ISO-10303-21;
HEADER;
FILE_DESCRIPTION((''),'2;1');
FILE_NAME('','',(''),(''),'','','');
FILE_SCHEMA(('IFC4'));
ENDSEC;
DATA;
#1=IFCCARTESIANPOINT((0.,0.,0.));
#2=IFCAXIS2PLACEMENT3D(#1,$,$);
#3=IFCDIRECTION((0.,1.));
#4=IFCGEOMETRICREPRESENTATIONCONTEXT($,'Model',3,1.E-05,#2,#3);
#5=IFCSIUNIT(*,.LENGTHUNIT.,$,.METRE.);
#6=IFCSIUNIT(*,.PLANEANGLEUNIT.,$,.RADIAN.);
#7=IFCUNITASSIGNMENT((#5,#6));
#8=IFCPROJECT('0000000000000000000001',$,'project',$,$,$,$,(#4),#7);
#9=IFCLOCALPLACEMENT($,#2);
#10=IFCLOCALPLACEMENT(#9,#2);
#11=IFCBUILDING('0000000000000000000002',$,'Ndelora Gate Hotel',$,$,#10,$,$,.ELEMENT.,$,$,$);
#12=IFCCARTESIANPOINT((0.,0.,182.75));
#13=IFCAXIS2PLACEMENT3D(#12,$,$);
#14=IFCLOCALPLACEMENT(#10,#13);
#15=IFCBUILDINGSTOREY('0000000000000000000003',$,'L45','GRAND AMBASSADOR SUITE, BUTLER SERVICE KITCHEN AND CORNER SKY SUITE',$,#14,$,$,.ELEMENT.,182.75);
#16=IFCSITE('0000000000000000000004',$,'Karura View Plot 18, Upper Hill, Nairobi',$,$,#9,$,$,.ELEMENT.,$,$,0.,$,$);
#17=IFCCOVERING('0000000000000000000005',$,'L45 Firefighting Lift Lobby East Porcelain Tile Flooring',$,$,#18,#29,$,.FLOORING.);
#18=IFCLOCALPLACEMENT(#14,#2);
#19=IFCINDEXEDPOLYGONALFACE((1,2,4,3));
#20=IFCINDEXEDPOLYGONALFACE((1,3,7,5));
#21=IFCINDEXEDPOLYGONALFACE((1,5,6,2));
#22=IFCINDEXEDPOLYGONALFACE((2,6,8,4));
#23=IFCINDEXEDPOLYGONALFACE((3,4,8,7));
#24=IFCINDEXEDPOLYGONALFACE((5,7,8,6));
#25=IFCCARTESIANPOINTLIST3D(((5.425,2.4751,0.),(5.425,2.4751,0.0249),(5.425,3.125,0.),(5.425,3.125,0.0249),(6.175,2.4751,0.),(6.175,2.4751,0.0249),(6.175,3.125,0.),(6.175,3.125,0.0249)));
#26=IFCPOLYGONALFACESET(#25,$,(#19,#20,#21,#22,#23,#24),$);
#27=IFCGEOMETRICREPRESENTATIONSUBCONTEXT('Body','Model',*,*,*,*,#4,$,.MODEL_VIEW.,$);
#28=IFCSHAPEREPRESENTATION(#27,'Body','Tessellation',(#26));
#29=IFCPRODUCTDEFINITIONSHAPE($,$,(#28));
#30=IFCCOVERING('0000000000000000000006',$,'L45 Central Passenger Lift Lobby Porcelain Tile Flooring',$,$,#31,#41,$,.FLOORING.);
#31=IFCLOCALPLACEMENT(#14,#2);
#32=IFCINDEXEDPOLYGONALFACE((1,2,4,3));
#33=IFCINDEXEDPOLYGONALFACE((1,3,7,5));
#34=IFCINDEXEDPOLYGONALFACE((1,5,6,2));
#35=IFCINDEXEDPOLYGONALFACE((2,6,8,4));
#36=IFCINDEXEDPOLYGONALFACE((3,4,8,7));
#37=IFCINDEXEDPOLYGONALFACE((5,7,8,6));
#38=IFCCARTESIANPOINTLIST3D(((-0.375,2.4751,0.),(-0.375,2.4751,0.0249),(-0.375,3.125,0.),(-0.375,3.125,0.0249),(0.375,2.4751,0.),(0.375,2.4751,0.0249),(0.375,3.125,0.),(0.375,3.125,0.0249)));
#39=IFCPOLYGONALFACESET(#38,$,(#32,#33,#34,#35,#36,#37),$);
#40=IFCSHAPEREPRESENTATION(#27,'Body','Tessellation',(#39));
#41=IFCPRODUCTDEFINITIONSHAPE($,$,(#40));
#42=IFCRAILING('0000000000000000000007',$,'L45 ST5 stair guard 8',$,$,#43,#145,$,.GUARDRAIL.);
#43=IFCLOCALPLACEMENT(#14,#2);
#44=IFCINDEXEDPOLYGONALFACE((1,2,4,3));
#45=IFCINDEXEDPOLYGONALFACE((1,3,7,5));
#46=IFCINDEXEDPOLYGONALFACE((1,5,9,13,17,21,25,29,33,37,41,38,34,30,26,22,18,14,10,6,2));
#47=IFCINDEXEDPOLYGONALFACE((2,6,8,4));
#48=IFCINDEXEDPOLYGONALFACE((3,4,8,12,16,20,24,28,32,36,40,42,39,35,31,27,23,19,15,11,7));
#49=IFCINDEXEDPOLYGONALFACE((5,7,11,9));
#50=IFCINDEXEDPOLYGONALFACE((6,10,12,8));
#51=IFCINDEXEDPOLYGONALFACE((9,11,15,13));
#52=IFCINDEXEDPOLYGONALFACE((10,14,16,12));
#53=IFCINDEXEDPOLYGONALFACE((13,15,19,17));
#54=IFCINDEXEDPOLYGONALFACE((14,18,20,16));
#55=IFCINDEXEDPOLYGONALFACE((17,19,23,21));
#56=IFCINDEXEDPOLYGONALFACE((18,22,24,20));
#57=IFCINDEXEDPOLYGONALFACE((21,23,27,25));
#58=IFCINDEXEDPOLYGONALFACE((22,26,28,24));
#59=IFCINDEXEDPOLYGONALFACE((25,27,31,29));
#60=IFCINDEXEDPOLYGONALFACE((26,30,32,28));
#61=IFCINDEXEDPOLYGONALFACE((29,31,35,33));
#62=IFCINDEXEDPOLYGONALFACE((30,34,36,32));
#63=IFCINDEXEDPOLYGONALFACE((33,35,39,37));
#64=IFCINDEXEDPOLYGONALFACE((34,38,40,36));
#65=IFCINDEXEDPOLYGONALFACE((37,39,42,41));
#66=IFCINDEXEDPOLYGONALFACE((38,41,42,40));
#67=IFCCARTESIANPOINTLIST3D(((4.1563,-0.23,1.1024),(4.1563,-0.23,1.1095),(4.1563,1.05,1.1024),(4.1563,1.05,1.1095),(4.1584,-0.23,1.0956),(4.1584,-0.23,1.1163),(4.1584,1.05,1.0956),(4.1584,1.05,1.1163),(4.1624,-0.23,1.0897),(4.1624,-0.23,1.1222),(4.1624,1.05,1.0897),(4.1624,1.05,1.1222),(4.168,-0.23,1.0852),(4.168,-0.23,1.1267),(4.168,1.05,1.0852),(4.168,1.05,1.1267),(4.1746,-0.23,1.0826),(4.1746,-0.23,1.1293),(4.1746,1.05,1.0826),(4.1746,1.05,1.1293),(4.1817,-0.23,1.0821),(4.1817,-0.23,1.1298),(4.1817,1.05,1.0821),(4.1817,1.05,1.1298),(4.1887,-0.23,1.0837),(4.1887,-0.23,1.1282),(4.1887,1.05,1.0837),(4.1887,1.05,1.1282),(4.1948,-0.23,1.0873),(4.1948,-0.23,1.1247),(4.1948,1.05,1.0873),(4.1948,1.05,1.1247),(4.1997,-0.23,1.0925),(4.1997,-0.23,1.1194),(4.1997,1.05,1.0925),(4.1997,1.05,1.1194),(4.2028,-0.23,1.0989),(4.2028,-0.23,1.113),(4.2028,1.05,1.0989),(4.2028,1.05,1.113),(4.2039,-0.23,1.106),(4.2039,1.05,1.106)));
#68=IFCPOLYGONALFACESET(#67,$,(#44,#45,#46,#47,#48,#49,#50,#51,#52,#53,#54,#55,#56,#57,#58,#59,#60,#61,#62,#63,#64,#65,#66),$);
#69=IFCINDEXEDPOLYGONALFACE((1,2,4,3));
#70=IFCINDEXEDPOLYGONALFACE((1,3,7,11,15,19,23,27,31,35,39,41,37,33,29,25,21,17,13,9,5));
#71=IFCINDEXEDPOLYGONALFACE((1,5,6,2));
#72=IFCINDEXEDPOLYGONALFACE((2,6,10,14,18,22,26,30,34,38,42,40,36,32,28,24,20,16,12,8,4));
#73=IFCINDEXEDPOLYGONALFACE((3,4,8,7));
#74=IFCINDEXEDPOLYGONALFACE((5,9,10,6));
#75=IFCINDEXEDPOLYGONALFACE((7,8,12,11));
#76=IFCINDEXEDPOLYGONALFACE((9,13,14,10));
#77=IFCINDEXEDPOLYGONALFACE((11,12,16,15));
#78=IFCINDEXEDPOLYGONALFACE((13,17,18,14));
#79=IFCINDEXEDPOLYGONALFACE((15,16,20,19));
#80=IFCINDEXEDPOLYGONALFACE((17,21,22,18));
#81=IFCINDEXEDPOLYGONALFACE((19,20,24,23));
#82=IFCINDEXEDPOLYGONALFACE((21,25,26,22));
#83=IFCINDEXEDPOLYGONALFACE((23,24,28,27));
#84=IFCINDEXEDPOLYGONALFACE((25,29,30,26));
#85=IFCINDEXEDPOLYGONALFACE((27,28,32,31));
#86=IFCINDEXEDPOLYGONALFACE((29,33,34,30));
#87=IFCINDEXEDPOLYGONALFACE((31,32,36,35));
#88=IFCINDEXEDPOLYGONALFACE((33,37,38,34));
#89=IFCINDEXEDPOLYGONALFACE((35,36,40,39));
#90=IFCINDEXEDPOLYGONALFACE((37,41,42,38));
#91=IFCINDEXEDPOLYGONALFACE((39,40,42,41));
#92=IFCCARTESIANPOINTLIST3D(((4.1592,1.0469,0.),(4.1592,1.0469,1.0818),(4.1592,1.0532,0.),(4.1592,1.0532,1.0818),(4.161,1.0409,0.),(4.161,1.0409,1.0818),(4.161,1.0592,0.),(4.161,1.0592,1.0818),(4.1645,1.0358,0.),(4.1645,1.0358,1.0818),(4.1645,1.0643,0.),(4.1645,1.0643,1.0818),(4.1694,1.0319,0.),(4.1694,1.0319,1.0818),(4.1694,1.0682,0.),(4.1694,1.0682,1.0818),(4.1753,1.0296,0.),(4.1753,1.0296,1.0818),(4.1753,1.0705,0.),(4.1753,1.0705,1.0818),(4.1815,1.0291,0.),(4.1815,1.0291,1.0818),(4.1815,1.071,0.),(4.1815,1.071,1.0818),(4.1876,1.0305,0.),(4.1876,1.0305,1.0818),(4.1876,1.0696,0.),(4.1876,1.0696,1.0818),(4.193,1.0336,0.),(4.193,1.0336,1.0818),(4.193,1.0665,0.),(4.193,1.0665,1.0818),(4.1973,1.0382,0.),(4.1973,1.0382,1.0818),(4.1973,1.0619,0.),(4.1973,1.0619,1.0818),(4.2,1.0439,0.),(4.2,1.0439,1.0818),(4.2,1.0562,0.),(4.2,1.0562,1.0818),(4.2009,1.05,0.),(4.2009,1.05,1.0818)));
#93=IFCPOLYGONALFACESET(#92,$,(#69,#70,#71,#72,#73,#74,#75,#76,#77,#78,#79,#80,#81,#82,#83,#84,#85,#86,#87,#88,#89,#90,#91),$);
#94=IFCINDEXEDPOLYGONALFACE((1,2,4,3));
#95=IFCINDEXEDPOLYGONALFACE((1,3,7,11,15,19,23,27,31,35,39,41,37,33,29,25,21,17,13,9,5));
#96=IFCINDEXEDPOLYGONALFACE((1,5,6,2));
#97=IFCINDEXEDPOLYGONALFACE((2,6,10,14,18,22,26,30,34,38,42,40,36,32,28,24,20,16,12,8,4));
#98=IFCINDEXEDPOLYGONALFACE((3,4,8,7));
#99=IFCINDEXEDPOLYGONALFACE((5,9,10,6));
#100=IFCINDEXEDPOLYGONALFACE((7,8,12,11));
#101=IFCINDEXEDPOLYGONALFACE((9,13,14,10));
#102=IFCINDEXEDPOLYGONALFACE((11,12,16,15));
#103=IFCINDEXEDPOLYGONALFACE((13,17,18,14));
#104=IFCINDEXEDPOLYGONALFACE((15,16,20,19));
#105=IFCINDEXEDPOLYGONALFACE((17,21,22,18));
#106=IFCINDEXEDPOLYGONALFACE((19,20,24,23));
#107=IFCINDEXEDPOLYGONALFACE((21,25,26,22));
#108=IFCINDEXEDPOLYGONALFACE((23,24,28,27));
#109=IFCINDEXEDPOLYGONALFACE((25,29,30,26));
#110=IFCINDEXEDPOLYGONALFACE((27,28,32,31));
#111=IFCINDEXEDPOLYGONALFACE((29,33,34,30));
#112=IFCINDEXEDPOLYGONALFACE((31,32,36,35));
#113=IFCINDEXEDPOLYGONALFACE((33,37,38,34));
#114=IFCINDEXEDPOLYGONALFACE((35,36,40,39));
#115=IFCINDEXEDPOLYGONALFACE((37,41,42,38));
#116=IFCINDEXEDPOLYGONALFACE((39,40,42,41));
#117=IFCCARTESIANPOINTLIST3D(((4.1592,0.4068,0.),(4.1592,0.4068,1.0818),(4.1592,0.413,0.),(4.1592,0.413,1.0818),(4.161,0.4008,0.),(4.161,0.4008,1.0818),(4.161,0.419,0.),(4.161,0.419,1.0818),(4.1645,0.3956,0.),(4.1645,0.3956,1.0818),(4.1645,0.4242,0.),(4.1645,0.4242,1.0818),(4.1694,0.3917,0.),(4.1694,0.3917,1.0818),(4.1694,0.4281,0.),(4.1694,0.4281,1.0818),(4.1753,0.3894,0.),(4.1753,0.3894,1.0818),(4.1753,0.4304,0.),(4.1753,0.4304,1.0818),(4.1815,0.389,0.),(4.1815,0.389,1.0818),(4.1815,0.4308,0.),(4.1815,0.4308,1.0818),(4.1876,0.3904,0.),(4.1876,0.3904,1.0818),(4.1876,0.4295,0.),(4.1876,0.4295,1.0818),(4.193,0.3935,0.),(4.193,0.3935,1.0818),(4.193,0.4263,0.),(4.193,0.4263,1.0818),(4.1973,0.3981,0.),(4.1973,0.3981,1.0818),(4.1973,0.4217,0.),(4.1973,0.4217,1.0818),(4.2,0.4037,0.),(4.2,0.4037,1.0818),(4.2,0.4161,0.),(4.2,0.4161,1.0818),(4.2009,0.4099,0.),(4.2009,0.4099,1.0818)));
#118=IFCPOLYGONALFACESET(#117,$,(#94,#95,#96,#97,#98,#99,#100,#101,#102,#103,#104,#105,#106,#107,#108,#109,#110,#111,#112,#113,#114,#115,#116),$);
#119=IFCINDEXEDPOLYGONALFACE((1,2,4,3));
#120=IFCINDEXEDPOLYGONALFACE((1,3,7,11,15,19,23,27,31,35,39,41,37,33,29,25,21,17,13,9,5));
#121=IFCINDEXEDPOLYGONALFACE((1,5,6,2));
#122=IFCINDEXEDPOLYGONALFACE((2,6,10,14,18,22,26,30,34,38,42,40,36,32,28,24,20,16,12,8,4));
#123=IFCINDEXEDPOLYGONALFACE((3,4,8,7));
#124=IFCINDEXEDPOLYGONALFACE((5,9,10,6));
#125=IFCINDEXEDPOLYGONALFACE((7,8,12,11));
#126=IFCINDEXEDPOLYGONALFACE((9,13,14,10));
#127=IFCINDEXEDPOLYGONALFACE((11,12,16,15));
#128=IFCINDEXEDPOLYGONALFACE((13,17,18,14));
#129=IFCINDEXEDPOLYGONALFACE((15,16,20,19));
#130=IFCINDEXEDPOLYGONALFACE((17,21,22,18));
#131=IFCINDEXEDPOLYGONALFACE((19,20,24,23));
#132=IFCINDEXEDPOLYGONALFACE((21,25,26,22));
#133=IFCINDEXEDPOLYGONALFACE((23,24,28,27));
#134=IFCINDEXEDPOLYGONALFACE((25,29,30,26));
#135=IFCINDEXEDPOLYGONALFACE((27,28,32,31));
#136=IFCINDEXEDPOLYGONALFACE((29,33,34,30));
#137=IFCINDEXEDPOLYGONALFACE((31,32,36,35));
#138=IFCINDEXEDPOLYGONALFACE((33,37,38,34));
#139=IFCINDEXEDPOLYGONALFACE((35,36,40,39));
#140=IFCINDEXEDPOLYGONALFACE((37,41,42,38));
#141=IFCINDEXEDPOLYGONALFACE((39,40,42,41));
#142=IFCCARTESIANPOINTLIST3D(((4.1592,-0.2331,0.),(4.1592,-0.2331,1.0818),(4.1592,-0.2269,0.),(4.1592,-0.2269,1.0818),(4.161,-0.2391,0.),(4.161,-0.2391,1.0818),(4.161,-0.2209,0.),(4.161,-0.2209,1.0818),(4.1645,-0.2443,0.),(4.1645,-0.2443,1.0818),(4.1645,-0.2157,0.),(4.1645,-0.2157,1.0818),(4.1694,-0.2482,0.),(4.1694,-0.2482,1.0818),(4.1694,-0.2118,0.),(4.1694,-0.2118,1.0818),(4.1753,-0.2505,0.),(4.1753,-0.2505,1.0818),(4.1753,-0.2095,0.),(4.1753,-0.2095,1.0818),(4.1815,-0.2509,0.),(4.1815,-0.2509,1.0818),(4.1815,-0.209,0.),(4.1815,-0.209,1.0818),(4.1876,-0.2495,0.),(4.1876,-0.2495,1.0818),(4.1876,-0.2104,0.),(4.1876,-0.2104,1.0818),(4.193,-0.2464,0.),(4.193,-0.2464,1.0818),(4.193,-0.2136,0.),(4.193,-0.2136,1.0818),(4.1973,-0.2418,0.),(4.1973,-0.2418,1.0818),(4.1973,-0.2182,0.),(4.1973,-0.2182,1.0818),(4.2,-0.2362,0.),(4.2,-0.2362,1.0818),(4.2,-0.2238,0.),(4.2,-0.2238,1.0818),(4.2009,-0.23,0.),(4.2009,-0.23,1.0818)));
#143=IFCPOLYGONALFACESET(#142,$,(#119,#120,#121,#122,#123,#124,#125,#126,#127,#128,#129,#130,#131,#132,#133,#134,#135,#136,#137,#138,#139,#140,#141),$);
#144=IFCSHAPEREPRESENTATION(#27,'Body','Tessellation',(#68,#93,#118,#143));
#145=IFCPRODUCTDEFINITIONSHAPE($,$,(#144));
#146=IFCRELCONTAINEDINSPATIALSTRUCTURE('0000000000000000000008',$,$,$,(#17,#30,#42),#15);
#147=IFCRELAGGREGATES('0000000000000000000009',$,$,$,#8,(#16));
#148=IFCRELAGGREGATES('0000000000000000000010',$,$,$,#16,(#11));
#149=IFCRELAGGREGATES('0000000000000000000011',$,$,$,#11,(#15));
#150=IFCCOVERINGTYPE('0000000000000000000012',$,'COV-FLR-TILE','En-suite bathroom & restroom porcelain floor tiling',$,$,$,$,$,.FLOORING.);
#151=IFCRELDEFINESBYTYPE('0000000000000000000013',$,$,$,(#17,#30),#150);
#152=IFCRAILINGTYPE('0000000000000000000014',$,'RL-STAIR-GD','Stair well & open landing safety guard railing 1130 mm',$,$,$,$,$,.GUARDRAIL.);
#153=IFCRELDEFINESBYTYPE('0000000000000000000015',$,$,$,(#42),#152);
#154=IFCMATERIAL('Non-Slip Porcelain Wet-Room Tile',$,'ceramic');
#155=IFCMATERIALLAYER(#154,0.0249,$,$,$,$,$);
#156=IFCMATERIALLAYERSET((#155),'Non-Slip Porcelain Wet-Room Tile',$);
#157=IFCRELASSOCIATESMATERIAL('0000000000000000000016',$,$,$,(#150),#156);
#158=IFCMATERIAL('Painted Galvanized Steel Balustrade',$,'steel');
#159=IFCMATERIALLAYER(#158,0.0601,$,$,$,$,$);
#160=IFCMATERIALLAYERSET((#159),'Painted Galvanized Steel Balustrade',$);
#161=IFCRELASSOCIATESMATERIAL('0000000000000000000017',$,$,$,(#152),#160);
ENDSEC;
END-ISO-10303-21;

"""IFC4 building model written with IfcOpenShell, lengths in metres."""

from ifc_helpers import new_model, si_unit, direction, frame, origin, origin_2d, place, context, subcontext, project, spatial, rectangle, circle, extrude, material, layer, layer_set, type_object, element, save


model = new_model("IFC4")

# Units and contexts
model_context = context("Model", 3, precision=1e-05, world=origin(), true_north=direction((0.0, 1.0)))
body_context = subcontext(model_context, "Body", "Model", "MODEL_VIEW")
ifc_project = project(units=[si_unit("LENGTHUNIT", "METRE"), si_unit("PLANEANGLEUNIT", "RADIAN")], contexts=[model_context])

# Site, building, storey
site_placement = place(None, origin())
site = spatial("IfcSite", under=ifc_project, at=site_placement, Name="Karura View Plot 18, Upper Hill, Nairobi", CompositionType="ELEMENT", RefElevation=0.0)
building_placement = place(site_placement, origin())
building = spatial("IfcBuilding", under=site, at=building_placement, Name="Ndelora Gate Hotel", CompositionType="ELEMENT")
storey_placement = place(building_placement, frame((0.0, 0.0, 182.75)))
storey = spatial("IfcBuildingStorey", under=building, at=storey_placement, Name="L45", Description="GRAND AMBASSADOR SUITE, BUTLER SERVICE KITCHEN AND CORNER SKY SUITE", CompositionType="ELEMENT", Elevation=182.75)

# Coverings
ifc_material_1 = material(Name="Non-Slip Porcelain Wet-Room Tile", Category="ceramic")
ifc_layer_1 = layer(ifc_material_1, 0.0249)
ifc_layer_set_1 = layer_set([ifc_layer_1], Name="Non-Slip Porcelain Wet-Room Tile")
covering_type_1 = type_object("IfcCoveringType", Name="COV-FLR-TILE", Description="En-suite bathroom & restroom porcelain floor tiling", PredefinedType="FLOORING", material=ifc_layer_set_1)
for number, where, z_axis, x_axis, name in (
    (1, (5.8, 2.8, 0.0), (0.0, 0.0, 1.0), (1.0, 0.0, 0.0), "L45 Firefighting Lift Lobby East Porcelain Tile Flooring"),
    (2, (0.0, 2.8, 0.0), (0.0, 0.0, 1.0), (1.0, 0.0, 0.0), "L45 Central Passenger Lift Lobby Porcelain Tile Flooring"),
):
    element("IfcCovering", number, at=place(storey_placement, frame(where, z_axis=z_axis, x_axis=x_axis)), inside=storey, type_object=covering_type_1, Name=name, PredefinedType="FLOORING", context=body_context, shape_type="SweptSolid", body=[
        extrude(rectangle(XDim=0.75, YDim=0.6499, at=origin_2d()), origin(), (0.0, 0.0, 1.0), 0.0249),
    ])

# Railing
ifc_material_2 = material(Name="Painted Galvanized Steel Balustrade", Category="steel")
ifc_layer_2 = layer(ifc_material_2, 0.0601)
ifc_layer_set_2 = layer_set([ifc_layer_2], Name="Painted Galvanized Steel Balustrade")
railing_type = type_object("IfcRailingType", Name="RL-STAIR-GD", Description="Stair well & open landing safety guard railing 1130 mm", PredefinedType="GUARDRAIL", material=ifc_layer_set_2)
for number, where, name in (
    (3, (4.1799, 1.05, 0.0), "L45 ST5 stair guard 8"),
):
    element("IfcRailing", number, at=place(storey_placement, frame(where)), inside=storey, type_object=railing_type, Name=name, PredefinedType="GUARDRAIL", context=body_context, shape_type="SweptSolid", body=[
        extrude(circle(Radius=0.0239, at=origin_2d()), frame((0.0, 0.0, 1.106), z_axis=(0.0, -1.0, 0.0), x_axis=(1.0, 0.0, 0.0)), (0.0, 0.0, 1.0), 1.28),
        extrude(circle(Radius=0.021, at=origin_2d()), origin(), (0.0, 0.0, 1.0), 1.0818),
        extrude(circle(Radius=0.021, at=origin_2d()), frame((0.0, -0.6401, 0.0)), (0.0, 0.0, 1.0), 1.0818),
        extrude(circle(Radius=0.021, at=origin_2d()), frame((0.0, -1.28, 0.0)), (0.0, 0.0, 1.0), 1.0818),
    ])

save(model, "model.ifc")
